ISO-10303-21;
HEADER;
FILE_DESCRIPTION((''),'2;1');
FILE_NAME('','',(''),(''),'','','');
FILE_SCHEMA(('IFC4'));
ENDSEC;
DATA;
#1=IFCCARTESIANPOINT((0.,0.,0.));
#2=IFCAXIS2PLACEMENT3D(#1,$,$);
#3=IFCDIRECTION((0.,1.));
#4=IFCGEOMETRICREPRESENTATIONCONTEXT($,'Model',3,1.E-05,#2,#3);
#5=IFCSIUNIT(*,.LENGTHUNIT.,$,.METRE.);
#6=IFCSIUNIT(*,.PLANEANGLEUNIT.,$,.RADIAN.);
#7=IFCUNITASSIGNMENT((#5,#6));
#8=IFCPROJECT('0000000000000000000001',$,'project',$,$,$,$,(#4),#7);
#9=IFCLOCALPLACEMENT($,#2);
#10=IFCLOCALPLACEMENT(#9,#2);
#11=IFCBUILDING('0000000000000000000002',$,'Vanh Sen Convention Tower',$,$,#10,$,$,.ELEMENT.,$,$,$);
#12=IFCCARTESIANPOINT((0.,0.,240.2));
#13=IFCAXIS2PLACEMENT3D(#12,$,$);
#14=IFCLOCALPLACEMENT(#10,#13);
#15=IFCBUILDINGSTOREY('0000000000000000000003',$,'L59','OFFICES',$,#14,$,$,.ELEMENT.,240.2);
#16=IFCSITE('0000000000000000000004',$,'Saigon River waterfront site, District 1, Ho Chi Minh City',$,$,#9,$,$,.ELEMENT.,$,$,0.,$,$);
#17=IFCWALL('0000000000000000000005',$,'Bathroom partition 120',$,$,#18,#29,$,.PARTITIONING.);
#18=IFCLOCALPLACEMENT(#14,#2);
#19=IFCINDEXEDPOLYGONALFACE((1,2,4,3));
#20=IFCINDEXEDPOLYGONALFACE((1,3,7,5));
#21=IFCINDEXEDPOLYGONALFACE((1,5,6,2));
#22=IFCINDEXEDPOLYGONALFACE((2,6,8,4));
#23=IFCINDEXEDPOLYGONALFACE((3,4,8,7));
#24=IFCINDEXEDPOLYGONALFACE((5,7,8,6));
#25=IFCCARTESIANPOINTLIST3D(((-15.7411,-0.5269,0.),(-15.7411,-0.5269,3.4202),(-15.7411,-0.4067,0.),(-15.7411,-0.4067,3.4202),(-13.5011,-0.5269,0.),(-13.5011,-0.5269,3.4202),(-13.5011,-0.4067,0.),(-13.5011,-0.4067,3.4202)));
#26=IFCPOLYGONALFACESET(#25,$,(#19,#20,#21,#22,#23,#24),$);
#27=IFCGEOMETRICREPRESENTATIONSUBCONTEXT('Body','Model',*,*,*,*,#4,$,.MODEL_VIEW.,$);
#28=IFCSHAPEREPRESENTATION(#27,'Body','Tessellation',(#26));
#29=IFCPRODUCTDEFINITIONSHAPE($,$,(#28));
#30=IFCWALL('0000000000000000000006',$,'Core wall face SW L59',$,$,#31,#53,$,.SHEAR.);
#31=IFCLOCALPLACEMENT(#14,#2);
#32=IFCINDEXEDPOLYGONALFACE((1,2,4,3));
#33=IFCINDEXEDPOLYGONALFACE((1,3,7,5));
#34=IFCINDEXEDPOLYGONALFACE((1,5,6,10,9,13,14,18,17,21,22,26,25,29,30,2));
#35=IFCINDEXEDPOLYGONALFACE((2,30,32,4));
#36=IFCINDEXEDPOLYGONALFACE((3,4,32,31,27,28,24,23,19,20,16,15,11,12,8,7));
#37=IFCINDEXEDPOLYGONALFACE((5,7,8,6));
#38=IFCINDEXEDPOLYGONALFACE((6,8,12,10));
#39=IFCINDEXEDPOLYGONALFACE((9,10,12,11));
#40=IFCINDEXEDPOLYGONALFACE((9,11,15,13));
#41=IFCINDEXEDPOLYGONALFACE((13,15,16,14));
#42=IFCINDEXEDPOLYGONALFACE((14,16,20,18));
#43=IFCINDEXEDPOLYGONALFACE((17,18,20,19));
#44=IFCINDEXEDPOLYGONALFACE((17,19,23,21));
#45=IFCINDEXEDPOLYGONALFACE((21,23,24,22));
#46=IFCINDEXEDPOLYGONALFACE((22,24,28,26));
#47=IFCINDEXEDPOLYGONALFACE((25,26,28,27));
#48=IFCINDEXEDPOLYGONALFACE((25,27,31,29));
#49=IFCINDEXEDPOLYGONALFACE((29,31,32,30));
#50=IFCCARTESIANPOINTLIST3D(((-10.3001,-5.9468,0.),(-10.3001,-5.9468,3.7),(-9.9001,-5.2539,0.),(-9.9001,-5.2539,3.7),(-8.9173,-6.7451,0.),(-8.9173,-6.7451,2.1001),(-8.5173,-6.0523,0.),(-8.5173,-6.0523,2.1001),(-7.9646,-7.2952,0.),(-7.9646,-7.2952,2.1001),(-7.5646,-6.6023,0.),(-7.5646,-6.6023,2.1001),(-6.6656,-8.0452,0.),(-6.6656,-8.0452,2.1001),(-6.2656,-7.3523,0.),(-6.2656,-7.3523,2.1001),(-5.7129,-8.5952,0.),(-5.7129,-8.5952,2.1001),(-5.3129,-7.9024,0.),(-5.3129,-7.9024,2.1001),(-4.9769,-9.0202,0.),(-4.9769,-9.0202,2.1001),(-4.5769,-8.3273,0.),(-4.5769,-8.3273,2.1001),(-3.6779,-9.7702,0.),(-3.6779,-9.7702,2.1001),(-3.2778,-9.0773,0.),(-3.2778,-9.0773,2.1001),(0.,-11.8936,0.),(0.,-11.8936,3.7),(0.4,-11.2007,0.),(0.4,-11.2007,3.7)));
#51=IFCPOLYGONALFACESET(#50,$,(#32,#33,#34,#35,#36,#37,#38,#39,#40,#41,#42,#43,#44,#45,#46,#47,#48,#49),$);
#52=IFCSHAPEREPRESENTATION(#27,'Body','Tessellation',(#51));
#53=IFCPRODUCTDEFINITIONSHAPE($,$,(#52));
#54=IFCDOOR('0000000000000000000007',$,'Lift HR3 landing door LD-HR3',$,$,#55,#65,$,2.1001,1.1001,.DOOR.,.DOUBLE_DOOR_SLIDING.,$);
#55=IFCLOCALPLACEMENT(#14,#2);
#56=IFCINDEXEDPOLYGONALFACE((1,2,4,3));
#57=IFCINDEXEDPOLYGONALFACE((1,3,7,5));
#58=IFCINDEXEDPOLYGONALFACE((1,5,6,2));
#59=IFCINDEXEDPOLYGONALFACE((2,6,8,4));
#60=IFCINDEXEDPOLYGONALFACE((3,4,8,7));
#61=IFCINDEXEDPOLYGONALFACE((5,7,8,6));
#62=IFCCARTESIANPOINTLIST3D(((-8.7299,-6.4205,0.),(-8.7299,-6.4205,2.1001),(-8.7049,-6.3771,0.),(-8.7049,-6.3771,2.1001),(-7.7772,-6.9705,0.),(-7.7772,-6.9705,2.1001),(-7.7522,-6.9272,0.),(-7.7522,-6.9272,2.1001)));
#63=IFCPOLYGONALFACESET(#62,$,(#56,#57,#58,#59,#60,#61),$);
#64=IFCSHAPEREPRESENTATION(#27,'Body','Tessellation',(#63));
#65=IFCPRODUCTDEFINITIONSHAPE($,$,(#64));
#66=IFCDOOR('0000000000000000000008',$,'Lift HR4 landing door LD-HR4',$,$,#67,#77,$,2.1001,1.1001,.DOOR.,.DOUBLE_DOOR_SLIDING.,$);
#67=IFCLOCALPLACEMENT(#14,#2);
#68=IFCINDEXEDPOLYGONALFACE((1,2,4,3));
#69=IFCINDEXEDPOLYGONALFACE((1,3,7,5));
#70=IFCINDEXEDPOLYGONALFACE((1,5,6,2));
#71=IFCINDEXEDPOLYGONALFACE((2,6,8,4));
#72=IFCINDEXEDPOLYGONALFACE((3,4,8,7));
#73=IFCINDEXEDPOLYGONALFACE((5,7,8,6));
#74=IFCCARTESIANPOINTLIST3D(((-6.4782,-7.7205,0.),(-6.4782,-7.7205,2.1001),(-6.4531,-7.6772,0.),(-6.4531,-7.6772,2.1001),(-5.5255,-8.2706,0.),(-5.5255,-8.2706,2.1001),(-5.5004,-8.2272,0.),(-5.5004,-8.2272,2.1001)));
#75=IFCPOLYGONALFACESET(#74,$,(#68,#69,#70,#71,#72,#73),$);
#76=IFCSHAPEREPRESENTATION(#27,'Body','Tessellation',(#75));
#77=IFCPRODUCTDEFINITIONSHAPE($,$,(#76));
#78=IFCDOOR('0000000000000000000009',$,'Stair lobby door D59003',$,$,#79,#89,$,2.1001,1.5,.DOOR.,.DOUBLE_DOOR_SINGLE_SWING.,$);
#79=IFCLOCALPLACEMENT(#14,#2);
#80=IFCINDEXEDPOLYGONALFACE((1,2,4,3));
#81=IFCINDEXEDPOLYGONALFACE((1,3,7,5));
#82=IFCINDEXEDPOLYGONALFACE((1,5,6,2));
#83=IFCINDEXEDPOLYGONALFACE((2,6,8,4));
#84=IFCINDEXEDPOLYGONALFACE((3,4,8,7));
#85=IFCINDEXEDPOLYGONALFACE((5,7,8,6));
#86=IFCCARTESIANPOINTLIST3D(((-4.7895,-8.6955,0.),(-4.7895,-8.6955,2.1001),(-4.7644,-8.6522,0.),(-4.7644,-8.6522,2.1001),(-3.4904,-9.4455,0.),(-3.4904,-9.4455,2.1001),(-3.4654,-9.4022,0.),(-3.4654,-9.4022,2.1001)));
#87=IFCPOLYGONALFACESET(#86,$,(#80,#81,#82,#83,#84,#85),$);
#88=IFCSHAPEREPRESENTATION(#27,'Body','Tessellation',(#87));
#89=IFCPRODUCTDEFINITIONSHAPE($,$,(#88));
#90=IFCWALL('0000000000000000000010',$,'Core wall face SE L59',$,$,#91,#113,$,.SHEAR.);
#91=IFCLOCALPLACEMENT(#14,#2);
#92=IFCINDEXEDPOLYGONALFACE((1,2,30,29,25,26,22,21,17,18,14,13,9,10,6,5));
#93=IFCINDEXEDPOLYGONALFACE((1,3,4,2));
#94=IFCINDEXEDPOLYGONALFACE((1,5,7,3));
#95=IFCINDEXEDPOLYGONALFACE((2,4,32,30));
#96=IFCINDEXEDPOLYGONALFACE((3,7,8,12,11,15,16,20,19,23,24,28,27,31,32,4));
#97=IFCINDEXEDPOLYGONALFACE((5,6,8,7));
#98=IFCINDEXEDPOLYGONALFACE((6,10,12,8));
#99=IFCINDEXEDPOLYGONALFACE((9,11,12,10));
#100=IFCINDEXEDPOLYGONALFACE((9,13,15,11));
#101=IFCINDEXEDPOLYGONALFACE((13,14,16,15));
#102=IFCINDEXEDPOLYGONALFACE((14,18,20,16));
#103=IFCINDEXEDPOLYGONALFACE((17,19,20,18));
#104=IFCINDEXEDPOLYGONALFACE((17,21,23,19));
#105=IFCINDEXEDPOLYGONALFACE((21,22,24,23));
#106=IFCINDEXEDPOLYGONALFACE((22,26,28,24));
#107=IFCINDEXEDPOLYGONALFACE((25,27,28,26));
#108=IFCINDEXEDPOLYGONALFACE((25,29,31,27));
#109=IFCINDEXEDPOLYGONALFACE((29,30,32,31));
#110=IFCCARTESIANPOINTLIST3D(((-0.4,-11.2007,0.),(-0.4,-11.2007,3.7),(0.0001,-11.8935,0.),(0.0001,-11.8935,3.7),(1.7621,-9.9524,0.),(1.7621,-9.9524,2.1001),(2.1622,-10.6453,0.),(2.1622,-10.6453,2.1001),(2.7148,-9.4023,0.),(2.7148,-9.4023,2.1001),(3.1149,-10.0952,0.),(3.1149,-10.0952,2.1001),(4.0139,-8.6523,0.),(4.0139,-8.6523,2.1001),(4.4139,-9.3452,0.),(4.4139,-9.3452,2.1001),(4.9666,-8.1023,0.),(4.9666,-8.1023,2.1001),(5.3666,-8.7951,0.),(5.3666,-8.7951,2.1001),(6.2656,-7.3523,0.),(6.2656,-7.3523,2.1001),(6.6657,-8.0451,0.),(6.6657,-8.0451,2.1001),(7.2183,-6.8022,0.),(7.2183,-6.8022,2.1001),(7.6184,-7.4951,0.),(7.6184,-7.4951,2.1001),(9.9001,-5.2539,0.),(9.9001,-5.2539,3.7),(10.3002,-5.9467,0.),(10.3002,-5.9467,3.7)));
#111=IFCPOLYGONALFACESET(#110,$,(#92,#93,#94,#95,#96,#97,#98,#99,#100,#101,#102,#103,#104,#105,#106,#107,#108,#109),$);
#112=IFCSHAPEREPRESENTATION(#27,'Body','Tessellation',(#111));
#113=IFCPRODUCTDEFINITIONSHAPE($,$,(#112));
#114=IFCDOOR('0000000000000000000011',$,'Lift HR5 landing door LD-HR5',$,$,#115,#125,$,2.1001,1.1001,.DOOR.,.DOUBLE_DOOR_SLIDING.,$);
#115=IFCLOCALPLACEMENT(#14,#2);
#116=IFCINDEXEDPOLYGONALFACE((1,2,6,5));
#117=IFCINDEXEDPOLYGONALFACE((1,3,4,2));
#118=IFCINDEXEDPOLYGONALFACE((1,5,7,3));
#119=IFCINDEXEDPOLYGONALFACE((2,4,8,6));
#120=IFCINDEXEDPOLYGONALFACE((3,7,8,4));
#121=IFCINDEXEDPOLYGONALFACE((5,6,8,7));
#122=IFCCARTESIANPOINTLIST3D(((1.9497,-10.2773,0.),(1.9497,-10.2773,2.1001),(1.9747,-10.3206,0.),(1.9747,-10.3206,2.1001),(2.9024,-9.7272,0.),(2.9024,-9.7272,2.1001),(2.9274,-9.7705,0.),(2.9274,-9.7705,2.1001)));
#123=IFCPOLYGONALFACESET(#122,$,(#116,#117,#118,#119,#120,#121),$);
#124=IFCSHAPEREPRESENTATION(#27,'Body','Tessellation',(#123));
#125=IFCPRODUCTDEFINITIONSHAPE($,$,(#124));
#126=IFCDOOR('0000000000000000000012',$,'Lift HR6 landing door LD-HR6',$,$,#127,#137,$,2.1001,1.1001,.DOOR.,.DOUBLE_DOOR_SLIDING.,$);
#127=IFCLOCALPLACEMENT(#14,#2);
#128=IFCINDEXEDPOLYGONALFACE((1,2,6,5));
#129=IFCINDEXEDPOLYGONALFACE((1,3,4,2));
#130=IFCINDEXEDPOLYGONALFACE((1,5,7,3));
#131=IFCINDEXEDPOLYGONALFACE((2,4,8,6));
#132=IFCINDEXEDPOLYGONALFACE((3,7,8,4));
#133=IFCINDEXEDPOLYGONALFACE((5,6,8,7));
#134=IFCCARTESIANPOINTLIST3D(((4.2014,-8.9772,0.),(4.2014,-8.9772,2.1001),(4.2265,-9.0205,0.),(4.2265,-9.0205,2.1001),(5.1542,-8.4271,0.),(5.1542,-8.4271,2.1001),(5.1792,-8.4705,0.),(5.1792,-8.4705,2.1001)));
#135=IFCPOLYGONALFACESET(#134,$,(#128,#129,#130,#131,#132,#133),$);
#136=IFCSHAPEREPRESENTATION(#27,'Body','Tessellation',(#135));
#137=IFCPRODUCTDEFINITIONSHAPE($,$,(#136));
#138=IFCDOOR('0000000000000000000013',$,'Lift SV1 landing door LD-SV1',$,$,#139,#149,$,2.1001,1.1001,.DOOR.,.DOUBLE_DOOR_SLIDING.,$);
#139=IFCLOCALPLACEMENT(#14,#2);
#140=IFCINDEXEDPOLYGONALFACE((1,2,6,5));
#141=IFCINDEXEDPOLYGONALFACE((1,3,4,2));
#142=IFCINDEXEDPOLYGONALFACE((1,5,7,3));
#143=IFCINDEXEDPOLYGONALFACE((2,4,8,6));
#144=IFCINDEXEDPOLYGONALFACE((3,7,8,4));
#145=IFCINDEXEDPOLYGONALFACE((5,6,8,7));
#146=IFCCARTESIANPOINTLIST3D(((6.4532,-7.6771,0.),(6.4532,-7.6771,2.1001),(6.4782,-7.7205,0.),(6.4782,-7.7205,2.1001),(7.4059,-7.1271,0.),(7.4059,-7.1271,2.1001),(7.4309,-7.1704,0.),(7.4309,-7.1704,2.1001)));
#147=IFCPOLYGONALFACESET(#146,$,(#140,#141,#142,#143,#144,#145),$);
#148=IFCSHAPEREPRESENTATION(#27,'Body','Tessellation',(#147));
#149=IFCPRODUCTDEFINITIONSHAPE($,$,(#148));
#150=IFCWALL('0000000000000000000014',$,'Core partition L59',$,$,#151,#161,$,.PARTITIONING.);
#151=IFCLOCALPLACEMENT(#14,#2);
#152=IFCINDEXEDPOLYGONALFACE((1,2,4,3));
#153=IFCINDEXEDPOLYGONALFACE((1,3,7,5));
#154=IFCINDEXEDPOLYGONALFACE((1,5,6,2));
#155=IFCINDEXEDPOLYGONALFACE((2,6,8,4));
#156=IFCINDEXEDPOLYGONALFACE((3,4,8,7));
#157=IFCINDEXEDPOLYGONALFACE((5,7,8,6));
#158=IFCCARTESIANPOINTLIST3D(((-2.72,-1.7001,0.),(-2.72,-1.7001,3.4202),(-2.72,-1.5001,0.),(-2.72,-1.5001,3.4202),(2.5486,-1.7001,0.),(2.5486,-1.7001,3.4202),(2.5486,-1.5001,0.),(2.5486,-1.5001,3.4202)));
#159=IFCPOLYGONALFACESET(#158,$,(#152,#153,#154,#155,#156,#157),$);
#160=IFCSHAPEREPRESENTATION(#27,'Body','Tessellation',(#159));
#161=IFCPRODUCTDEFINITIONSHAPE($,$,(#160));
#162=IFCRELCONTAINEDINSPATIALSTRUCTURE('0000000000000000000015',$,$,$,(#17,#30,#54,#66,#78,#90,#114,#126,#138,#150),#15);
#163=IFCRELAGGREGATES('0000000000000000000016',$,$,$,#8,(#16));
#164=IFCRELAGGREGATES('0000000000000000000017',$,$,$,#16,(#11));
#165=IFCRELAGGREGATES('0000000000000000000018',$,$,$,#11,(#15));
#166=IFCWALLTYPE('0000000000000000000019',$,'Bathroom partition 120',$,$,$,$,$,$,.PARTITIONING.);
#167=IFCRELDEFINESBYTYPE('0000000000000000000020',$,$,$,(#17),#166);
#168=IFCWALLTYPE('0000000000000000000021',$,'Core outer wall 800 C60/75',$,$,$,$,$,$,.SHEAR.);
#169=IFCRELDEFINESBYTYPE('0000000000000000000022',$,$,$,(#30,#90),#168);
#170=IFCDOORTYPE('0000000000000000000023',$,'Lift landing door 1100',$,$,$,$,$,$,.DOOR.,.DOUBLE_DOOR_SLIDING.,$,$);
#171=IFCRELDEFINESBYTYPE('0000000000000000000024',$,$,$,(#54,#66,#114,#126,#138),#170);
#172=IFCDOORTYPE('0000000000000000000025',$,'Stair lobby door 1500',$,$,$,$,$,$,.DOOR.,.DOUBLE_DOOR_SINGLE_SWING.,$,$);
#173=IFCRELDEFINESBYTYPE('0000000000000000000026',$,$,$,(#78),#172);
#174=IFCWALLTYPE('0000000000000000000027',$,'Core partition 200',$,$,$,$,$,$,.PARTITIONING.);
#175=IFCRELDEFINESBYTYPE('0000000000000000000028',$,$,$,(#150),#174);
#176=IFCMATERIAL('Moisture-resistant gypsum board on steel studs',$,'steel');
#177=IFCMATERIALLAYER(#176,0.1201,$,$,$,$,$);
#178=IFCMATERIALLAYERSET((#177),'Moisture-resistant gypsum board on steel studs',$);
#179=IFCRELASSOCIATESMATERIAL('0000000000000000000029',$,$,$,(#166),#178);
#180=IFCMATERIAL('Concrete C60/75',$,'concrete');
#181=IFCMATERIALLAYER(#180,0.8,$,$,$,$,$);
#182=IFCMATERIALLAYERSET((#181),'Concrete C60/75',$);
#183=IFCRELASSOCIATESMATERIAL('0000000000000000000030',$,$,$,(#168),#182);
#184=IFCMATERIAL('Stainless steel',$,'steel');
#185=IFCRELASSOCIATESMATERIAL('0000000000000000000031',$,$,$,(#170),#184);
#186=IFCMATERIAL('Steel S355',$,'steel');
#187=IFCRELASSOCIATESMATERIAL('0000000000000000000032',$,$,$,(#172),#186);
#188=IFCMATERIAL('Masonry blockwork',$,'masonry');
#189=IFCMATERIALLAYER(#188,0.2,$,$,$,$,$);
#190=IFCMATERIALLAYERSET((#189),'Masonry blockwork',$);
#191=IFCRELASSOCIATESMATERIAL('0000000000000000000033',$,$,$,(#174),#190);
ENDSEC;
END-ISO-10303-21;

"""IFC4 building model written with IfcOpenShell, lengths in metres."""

from ifc_helpers import new_model, si_unit, direction, frame, frame_2d, origin, place, context, subcontext, project, spatial, rectangle, extrude, material, layer, layer_set, type_object, element, fill, save


model = new_model("IFC4")

# Units and contexts
model_context = context("Model", 3, precision=1e-05, world=origin(), true_north=direction((0.0, 1.0)))
body_context = subcontext(model_context, "Body", "Model", "MODEL_VIEW")
ifc_project = project(units=[si_unit("LENGTHUNIT", "METRE"), si_unit("PLANEANGLEUNIT", "RADIAN")], contexts=[model_context])

# Site, building, storey
site_placement = place(None, origin())
site = spatial("IfcSite", under=ifc_project, at=site_placement, Name="Saigon River waterfront site, District 1, Ho Chi Minh City", CompositionType="ELEMENT", RefElevation=0.0)
building_placement = place(site_placement, origin())
building = spatial("IfcBuilding", under=site, at=building_placement, Name="Vanh Sen Convention Tower", CompositionType="ELEMENT")
storey_placement = place(building_placement, frame((0.0, 0.0, 240.2)))
storey = spatial("IfcBuildingStorey", under=building, at=storey_placement, Name="L59", Description="OFFICES", CompositionType="ELEMENT", Elevation=240.2)

# Wall
ifc_material_1 = material(Name="Moisture-resistant gypsum board on steel studs", Category="steel")
ifc_layer_1 = layer(ifc_material_1, 0.1201)
ifc_layer_set_1 = layer_set([ifc_layer_1], Name="Moisture-resistant gypsum board on steel studs")
wall_type_1 = type_object("IfcWallType", Name="Bathroom partition 120", PredefinedType="PARTITIONING", material=ifc_layer_set_1)
wall_1_placement = place(storey_placement, frame((-13.501, -0.4668, 0.0), z_axis=(0.0, 0.0, 1.0), x_axis=(-1.0, 0.0, 0.0)))
element("IfcWall", 1, at=wall_1_placement, inside=storey, type_object=wall_type_1, Name="Bathroom partition 120", PredefinedType="PARTITIONING", context=body_context, shape_type="SweptSolid", body=[
    extrude(rectangle(XDim=2.24, YDim=0.1201, at=frame_2d((1.1201, 0.0))), origin(), (0.0, 0.0, 1.0), 3.4202),
])

# Walls, openings, doors
ifc_material_2 = material(Name="Concrete C60/75", Category="concrete")
ifc_layer_2 = layer(ifc_material_2, 0.8)
ifc_layer_set_2 = layer_set([ifc_layer_2], Name="Concrete C60/75")
wall_type_2 = type_object("IfcWallType", Name="Core outer wall 800 C60/75", PredefinedType="SHEAR", material=ifc_layer_set_2)
wall_2_placement = place(storey_placement, frame((-10.1001, -5.6003, 0.0), z_axis=(0.0, 0.0, 1.0), x_axis=(0.866024, -0.500003, 0.0)))
wall_2 = element("IfcWall", 2, at=wall_2_placement, inside=storey, type_object=wall_type_2, Name="Core wall face SW L59", PredefinedType="SHEAR", context=body_context, shape_type="SweptSolid", body=[
    extrude(rectangle(XDim=11.8936, YDim=0.8, at=frame_2d((5.9468, 0.0))), origin(), (0.0, 0.0, 1.0), 3.7),
])
opening_1_placement = place(wall_2_placement, frame((6.1467, 0.0, 0.0)))
opening_1 = element("IfcOpeningElement", 3, at=opening_1_placement, cuts=wall_2, PredefinedType="OPENING", context=body_context, shape_type="SweptSolid", body=[
    extrude(rectangle(XDim=1.5, YDim=2.1001, at=frame_2d((0.75, 1.05))), frame((0.0, 0.4099, 0.0), z_axis=(0.0, -1.0, 0.0), x_axis=(1.0, 0.0, 0.0)), (0.0, 0.0, 1.0), 0.8201),
])
opening_2_placement = place(wall_2_placement, frame((1.5967, 0.0, 0.0)))
opening_2 = element("IfcOpeningElement", 4, at=opening_2_placement, cuts=wall_2, PredefinedType="OPENING", context=body_context, shape_type="SweptSolid", body=[
    extrude(rectangle(XDim=1.1001, YDim=2.1001, at=frame_2d((0.55, 1.05))), frame((0.0, 0.4099, 0.0), z_axis=(0.0, -1.0, 0.0), x_axis=(1.0, 0.0, 0.0)), (0.0, 0.0, 1.0), 0.8201),
])
opening_3_placement = place(wall_2_placement, frame((4.1968, 0.0, 0.0)))
opening_3 = element("IfcOpeningElement", 5, at=opening_3_placement, cuts=wall_2, PredefinedType="OPENING", context=body_context, shape_type="SweptSolid", body=[
    extrude(rectangle(XDim=1.1001, YDim=2.1001, at=frame_2d((0.55, 1.05))), frame((0.0, 0.4099, 0.0), z_axis=(0.0, -1.0, 0.0), x_axis=(1.0, 0.0, 0.0)), (0.0, 0.0, 1.0), 0.8201),
])
ifc_material_3 = material(Name="Stainless steel", Category="steel")
door_type_1 = type_object("IfcDoorType", Name="Lift landing door 1100", OperationType="DOUBLE_DOOR_SLIDING", PredefinedType="DOOR", material=ifc_material_3)
door_1_placement = place(opening_2_placement, origin())
door_1 = element("IfcDoor", 6, at=door_1_placement, inside=storey, type_object=door_type_1, Name="Lift HR3 landing door LD-HR3", OperationType="DOUBLE_DOOR_SLIDING", OverallHeight=2.1001, OverallWidth=1.1001, PredefinedType="DOOR", context=body_context, shape_type="SweptSolid", body=[
    extrude(rectangle(XDim=1.1001, YDim=2.1001, at=frame_2d((0.55, 1.05))), frame((0.0, 0.0249, 0.0), z_axis=(0.0, -1.0, 0.0), x_axis=(1.0, 0.0, 0.0)), (0.0, 0.0, 1.0), 0.05),
])
fill(opening_2, door_1)
door_2_placement = place(opening_3_placement, origin())
door_2 = element("IfcDoor", 7, at=door_2_placement, inside=storey, type_object=door_type_1, Name="Lift HR4 landing door LD-HR4", OperationType="DOUBLE_DOOR_SLIDING", OverallHeight=2.1001, OverallWidth=1.1001, PredefinedType="DOOR", context=body_context, shape_type="SweptSolid", body=[
    extrude(rectangle(XDim=1.1001, YDim=2.1001, at=frame_2d((0.55, 1.05))), frame((0.0, 0.0249, 0.0), z_axis=(0.0, -1.0, 0.0), x_axis=(1.0, 0.0, 0.0)), (0.0, 0.0, 1.0), 0.05),
])
fill(opening_3, door_2)
ifc_material_4 = material(Name="Steel S355", Category="steel")
door_type_2 = type_object("IfcDoorType", Name="Stair lobby door 1500", OperationType="DOUBLE_DOOR_SINGLE_SWING", PredefinedType="DOOR", material=ifc_material_4)
door_3_placement = place(opening_1_placement, origin())
door_3 = element("IfcDoor", 8, at=door_3_placement, inside=storey, type_object=door_type_2, Name="Stair lobby door D59003", OperationType="DOUBLE_DOOR_SINGLE_SWING", OverallHeight=2.1001, OverallWidth=1.5, PredefinedType="DOOR", context=body_context, shape_type="SweptSolid", body=[
    extrude(rectangle(XDim=1.5, YDim=2.1001, at=frame_2d((0.75, 1.05))), frame((0.0, 0.0249, 0.0), z_axis=(0.0, -1.0, 0.0), x_axis=(1.0, 0.0, 0.0)), (0.0, 0.0, 1.0), 0.05),
])
fill(opening_1, door_3)
wall_3_placement = place(storey_placement, frame((-0.2, -11.5471, 0.0), z_axis=(0.0, 0.0, 1.0), x_axis=(0.866024, 0.500003, 0.0)))
wall_3 = element("IfcWall", 9, at=wall_3_placement, inside=storey, type_object=wall_type_2, Name="Core wall face SE L59", PredefinedType="SHEAR", context=body_context, shape_type="SweptSolid", body=[
    extrude(rectangle(XDim=11.8936, YDim=0.8, at=frame_2d((5.9468, 0.0))), origin(), (0.0, 0.0, 1.0), 3.7),
])
opening_4_placement = place(wall_3_placement, frame((2.4966, 0.0, 0.0)))
opening_4 = element("IfcOpeningElement", 10, at=opening_4_placement, cuts=wall_3, PredefinedType="OPENING", context=body_context, shape_type="SweptSolid", body=[
    extrude(rectangle(XDim=1.1001, YDim=2.1001, at=frame_2d((0.55, 1.05))), frame((0.0, 0.4099, 0.0), z_axis=(0.0, -1.0, 0.0), x_axis=(1.0, 0.0, 0.0)), (0.0, 0.0, 1.0), 0.8201),
])
opening_5_placement = place(wall_3_placement, frame((5.0967, 0.0, 0.0)))
opening_5 = element("IfcOpeningElement", 11, at=opening_5_placement, cuts=wall_3, PredefinedType="OPENING", context=body_context, shape_type="SweptSolid", body=[
    extrude(rectangle(XDim=1.1001, YDim=2.1001, at=frame_2d((0.55, 1.05))), frame((0.0, 0.4099, 0.0), z_axis=(0.0, -1.0, 0.0), x_axis=(1.0, 0.0, 0.0)), (0.0, 0.0, 1.0), 0.8201),
])
opening_6_placement = place(wall_3_placement, frame((7.6968, 0.0, 0.0)))
opening_6 = element("IfcOpeningElement", 12, at=opening_6_placement, cuts=wall_3, PredefinedType="OPENING", context=body_context, shape_type="SweptSolid", body=[
    extrude(rectangle(XDim=1.1001, YDim=2.1001, at=frame_2d((0.55, 1.05))), frame((0.0, 0.4099, 0.0), z_axis=(0.0, -1.0, 0.0), x_axis=(1.0, 0.0, 0.0)), (0.0, 0.0, 1.0), 0.8201),
])
door_4_placement = place(opening_4_placement, origin())
door_4 = element("IfcDoor", 13, at=door_4_placement, inside=storey, type_object=door_type_1, Name="Lift HR5 landing door LD-HR5", OperationType="DOUBLE_DOOR_SLIDING", OverallHeight=2.1001, OverallWidth=1.1001, PredefinedType="DOOR", context=body_context, shape_type="SweptSolid", body=[
    extrude(rectangle(XDim=1.1001, YDim=2.1001, at=frame_2d((0.55, 1.05))), frame((0.0, 0.0249, 0.0), z_axis=(0.0, -1.0, 0.0), x_axis=(1.0, 0.0, 0.0)), (0.0, 0.0, 1.0), 0.05),
])
fill(opening_4, door_4)
door_5_placement = place(opening_5_placement, origin())
door_5 = element("IfcDoor", 14, at=door_5_placement, inside=storey, type_object=door_type_1, Name="Lift HR6 landing door LD-HR6", OperationType="DOUBLE_DOOR_SLIDING", OverallHeight=2.1001, OverallWidth=1.1001, PredefinedType="DOOR", context=body_context, shape_type="SweptSolid", body=[
    extrude(rectangle(XDim=1.1001, YDim=2.1001, at=frame_2d((0.55, 1.05))), frame((0.0, 0.0249, 0.0), z_axis=(0.0, -1.0, 0.0), x_axis=(1.0, 0.0, 0.0)), (0.0, 0.0, 1.0), 0.05),
])
fill(opening_5, door_5)
door_6_placement = place(opening_6_placement, origin())
door_6 = element("IfcDoor", 15, at=door_6_placement, inside=storey, type_object=door_type_1, Name="Lift SV1 landing door LD-SV1", OperationType="DOUBLE_DOOR_SLIDING", OverallHeight=2.1001, OverallWidth=1.1001, PredefinedType="DOOR", context=body_context, shape_type="SweptSolid", body=[
    extrude(rectangle(XDim=1.1001, YDim=2.1001, at=frame_2d((0.55, 1.05))), frame((0.0, 0.0249, 0.0), z_axis=(0.0, -1.0, 0.0), x_axis=(1.0, 0.0, 0.0)), (0.0, 0.0, 1.0), 0.05),
])
fill(opening_6, door_6)

# Wall
ifc_material_5 = material(Name="Masonry blockwork", Category="masonry")
ifc_layer_3 = layer(ifc_material_5, 0.2)
ifc_layer_set_3 = layer_set([ifc_layer_3], Name="Masonry blockwork")
wall_type_3 = type_object("IfcWallType", Name="Core partition 200", PredefinedType="PARTITIONING", material=ifc_layer_set_3)
wall_4_placement = place(storey_placement, frame((-2.72, -1.6001, 0.0), z_axis=(0.0, 0.0, 1.0), x_axis=(1.0, 0.0, 0.0)))
element("IfcWall", 16, at=wall_4_placement, inside=storey, type_object=wall_type_3, Name="Core partition L59", PredefinedType="PARTITIONING", context=body_context, shape_type="SweptSolid", body=[
    extrude(rectangle(XDim=5.2686, YDim=0.2, at=frame_2d((2.6343, 0.0))), origin(), (0.0, 0.0, 1.0), 3.4202),
])

save(model, "model.ifc")
